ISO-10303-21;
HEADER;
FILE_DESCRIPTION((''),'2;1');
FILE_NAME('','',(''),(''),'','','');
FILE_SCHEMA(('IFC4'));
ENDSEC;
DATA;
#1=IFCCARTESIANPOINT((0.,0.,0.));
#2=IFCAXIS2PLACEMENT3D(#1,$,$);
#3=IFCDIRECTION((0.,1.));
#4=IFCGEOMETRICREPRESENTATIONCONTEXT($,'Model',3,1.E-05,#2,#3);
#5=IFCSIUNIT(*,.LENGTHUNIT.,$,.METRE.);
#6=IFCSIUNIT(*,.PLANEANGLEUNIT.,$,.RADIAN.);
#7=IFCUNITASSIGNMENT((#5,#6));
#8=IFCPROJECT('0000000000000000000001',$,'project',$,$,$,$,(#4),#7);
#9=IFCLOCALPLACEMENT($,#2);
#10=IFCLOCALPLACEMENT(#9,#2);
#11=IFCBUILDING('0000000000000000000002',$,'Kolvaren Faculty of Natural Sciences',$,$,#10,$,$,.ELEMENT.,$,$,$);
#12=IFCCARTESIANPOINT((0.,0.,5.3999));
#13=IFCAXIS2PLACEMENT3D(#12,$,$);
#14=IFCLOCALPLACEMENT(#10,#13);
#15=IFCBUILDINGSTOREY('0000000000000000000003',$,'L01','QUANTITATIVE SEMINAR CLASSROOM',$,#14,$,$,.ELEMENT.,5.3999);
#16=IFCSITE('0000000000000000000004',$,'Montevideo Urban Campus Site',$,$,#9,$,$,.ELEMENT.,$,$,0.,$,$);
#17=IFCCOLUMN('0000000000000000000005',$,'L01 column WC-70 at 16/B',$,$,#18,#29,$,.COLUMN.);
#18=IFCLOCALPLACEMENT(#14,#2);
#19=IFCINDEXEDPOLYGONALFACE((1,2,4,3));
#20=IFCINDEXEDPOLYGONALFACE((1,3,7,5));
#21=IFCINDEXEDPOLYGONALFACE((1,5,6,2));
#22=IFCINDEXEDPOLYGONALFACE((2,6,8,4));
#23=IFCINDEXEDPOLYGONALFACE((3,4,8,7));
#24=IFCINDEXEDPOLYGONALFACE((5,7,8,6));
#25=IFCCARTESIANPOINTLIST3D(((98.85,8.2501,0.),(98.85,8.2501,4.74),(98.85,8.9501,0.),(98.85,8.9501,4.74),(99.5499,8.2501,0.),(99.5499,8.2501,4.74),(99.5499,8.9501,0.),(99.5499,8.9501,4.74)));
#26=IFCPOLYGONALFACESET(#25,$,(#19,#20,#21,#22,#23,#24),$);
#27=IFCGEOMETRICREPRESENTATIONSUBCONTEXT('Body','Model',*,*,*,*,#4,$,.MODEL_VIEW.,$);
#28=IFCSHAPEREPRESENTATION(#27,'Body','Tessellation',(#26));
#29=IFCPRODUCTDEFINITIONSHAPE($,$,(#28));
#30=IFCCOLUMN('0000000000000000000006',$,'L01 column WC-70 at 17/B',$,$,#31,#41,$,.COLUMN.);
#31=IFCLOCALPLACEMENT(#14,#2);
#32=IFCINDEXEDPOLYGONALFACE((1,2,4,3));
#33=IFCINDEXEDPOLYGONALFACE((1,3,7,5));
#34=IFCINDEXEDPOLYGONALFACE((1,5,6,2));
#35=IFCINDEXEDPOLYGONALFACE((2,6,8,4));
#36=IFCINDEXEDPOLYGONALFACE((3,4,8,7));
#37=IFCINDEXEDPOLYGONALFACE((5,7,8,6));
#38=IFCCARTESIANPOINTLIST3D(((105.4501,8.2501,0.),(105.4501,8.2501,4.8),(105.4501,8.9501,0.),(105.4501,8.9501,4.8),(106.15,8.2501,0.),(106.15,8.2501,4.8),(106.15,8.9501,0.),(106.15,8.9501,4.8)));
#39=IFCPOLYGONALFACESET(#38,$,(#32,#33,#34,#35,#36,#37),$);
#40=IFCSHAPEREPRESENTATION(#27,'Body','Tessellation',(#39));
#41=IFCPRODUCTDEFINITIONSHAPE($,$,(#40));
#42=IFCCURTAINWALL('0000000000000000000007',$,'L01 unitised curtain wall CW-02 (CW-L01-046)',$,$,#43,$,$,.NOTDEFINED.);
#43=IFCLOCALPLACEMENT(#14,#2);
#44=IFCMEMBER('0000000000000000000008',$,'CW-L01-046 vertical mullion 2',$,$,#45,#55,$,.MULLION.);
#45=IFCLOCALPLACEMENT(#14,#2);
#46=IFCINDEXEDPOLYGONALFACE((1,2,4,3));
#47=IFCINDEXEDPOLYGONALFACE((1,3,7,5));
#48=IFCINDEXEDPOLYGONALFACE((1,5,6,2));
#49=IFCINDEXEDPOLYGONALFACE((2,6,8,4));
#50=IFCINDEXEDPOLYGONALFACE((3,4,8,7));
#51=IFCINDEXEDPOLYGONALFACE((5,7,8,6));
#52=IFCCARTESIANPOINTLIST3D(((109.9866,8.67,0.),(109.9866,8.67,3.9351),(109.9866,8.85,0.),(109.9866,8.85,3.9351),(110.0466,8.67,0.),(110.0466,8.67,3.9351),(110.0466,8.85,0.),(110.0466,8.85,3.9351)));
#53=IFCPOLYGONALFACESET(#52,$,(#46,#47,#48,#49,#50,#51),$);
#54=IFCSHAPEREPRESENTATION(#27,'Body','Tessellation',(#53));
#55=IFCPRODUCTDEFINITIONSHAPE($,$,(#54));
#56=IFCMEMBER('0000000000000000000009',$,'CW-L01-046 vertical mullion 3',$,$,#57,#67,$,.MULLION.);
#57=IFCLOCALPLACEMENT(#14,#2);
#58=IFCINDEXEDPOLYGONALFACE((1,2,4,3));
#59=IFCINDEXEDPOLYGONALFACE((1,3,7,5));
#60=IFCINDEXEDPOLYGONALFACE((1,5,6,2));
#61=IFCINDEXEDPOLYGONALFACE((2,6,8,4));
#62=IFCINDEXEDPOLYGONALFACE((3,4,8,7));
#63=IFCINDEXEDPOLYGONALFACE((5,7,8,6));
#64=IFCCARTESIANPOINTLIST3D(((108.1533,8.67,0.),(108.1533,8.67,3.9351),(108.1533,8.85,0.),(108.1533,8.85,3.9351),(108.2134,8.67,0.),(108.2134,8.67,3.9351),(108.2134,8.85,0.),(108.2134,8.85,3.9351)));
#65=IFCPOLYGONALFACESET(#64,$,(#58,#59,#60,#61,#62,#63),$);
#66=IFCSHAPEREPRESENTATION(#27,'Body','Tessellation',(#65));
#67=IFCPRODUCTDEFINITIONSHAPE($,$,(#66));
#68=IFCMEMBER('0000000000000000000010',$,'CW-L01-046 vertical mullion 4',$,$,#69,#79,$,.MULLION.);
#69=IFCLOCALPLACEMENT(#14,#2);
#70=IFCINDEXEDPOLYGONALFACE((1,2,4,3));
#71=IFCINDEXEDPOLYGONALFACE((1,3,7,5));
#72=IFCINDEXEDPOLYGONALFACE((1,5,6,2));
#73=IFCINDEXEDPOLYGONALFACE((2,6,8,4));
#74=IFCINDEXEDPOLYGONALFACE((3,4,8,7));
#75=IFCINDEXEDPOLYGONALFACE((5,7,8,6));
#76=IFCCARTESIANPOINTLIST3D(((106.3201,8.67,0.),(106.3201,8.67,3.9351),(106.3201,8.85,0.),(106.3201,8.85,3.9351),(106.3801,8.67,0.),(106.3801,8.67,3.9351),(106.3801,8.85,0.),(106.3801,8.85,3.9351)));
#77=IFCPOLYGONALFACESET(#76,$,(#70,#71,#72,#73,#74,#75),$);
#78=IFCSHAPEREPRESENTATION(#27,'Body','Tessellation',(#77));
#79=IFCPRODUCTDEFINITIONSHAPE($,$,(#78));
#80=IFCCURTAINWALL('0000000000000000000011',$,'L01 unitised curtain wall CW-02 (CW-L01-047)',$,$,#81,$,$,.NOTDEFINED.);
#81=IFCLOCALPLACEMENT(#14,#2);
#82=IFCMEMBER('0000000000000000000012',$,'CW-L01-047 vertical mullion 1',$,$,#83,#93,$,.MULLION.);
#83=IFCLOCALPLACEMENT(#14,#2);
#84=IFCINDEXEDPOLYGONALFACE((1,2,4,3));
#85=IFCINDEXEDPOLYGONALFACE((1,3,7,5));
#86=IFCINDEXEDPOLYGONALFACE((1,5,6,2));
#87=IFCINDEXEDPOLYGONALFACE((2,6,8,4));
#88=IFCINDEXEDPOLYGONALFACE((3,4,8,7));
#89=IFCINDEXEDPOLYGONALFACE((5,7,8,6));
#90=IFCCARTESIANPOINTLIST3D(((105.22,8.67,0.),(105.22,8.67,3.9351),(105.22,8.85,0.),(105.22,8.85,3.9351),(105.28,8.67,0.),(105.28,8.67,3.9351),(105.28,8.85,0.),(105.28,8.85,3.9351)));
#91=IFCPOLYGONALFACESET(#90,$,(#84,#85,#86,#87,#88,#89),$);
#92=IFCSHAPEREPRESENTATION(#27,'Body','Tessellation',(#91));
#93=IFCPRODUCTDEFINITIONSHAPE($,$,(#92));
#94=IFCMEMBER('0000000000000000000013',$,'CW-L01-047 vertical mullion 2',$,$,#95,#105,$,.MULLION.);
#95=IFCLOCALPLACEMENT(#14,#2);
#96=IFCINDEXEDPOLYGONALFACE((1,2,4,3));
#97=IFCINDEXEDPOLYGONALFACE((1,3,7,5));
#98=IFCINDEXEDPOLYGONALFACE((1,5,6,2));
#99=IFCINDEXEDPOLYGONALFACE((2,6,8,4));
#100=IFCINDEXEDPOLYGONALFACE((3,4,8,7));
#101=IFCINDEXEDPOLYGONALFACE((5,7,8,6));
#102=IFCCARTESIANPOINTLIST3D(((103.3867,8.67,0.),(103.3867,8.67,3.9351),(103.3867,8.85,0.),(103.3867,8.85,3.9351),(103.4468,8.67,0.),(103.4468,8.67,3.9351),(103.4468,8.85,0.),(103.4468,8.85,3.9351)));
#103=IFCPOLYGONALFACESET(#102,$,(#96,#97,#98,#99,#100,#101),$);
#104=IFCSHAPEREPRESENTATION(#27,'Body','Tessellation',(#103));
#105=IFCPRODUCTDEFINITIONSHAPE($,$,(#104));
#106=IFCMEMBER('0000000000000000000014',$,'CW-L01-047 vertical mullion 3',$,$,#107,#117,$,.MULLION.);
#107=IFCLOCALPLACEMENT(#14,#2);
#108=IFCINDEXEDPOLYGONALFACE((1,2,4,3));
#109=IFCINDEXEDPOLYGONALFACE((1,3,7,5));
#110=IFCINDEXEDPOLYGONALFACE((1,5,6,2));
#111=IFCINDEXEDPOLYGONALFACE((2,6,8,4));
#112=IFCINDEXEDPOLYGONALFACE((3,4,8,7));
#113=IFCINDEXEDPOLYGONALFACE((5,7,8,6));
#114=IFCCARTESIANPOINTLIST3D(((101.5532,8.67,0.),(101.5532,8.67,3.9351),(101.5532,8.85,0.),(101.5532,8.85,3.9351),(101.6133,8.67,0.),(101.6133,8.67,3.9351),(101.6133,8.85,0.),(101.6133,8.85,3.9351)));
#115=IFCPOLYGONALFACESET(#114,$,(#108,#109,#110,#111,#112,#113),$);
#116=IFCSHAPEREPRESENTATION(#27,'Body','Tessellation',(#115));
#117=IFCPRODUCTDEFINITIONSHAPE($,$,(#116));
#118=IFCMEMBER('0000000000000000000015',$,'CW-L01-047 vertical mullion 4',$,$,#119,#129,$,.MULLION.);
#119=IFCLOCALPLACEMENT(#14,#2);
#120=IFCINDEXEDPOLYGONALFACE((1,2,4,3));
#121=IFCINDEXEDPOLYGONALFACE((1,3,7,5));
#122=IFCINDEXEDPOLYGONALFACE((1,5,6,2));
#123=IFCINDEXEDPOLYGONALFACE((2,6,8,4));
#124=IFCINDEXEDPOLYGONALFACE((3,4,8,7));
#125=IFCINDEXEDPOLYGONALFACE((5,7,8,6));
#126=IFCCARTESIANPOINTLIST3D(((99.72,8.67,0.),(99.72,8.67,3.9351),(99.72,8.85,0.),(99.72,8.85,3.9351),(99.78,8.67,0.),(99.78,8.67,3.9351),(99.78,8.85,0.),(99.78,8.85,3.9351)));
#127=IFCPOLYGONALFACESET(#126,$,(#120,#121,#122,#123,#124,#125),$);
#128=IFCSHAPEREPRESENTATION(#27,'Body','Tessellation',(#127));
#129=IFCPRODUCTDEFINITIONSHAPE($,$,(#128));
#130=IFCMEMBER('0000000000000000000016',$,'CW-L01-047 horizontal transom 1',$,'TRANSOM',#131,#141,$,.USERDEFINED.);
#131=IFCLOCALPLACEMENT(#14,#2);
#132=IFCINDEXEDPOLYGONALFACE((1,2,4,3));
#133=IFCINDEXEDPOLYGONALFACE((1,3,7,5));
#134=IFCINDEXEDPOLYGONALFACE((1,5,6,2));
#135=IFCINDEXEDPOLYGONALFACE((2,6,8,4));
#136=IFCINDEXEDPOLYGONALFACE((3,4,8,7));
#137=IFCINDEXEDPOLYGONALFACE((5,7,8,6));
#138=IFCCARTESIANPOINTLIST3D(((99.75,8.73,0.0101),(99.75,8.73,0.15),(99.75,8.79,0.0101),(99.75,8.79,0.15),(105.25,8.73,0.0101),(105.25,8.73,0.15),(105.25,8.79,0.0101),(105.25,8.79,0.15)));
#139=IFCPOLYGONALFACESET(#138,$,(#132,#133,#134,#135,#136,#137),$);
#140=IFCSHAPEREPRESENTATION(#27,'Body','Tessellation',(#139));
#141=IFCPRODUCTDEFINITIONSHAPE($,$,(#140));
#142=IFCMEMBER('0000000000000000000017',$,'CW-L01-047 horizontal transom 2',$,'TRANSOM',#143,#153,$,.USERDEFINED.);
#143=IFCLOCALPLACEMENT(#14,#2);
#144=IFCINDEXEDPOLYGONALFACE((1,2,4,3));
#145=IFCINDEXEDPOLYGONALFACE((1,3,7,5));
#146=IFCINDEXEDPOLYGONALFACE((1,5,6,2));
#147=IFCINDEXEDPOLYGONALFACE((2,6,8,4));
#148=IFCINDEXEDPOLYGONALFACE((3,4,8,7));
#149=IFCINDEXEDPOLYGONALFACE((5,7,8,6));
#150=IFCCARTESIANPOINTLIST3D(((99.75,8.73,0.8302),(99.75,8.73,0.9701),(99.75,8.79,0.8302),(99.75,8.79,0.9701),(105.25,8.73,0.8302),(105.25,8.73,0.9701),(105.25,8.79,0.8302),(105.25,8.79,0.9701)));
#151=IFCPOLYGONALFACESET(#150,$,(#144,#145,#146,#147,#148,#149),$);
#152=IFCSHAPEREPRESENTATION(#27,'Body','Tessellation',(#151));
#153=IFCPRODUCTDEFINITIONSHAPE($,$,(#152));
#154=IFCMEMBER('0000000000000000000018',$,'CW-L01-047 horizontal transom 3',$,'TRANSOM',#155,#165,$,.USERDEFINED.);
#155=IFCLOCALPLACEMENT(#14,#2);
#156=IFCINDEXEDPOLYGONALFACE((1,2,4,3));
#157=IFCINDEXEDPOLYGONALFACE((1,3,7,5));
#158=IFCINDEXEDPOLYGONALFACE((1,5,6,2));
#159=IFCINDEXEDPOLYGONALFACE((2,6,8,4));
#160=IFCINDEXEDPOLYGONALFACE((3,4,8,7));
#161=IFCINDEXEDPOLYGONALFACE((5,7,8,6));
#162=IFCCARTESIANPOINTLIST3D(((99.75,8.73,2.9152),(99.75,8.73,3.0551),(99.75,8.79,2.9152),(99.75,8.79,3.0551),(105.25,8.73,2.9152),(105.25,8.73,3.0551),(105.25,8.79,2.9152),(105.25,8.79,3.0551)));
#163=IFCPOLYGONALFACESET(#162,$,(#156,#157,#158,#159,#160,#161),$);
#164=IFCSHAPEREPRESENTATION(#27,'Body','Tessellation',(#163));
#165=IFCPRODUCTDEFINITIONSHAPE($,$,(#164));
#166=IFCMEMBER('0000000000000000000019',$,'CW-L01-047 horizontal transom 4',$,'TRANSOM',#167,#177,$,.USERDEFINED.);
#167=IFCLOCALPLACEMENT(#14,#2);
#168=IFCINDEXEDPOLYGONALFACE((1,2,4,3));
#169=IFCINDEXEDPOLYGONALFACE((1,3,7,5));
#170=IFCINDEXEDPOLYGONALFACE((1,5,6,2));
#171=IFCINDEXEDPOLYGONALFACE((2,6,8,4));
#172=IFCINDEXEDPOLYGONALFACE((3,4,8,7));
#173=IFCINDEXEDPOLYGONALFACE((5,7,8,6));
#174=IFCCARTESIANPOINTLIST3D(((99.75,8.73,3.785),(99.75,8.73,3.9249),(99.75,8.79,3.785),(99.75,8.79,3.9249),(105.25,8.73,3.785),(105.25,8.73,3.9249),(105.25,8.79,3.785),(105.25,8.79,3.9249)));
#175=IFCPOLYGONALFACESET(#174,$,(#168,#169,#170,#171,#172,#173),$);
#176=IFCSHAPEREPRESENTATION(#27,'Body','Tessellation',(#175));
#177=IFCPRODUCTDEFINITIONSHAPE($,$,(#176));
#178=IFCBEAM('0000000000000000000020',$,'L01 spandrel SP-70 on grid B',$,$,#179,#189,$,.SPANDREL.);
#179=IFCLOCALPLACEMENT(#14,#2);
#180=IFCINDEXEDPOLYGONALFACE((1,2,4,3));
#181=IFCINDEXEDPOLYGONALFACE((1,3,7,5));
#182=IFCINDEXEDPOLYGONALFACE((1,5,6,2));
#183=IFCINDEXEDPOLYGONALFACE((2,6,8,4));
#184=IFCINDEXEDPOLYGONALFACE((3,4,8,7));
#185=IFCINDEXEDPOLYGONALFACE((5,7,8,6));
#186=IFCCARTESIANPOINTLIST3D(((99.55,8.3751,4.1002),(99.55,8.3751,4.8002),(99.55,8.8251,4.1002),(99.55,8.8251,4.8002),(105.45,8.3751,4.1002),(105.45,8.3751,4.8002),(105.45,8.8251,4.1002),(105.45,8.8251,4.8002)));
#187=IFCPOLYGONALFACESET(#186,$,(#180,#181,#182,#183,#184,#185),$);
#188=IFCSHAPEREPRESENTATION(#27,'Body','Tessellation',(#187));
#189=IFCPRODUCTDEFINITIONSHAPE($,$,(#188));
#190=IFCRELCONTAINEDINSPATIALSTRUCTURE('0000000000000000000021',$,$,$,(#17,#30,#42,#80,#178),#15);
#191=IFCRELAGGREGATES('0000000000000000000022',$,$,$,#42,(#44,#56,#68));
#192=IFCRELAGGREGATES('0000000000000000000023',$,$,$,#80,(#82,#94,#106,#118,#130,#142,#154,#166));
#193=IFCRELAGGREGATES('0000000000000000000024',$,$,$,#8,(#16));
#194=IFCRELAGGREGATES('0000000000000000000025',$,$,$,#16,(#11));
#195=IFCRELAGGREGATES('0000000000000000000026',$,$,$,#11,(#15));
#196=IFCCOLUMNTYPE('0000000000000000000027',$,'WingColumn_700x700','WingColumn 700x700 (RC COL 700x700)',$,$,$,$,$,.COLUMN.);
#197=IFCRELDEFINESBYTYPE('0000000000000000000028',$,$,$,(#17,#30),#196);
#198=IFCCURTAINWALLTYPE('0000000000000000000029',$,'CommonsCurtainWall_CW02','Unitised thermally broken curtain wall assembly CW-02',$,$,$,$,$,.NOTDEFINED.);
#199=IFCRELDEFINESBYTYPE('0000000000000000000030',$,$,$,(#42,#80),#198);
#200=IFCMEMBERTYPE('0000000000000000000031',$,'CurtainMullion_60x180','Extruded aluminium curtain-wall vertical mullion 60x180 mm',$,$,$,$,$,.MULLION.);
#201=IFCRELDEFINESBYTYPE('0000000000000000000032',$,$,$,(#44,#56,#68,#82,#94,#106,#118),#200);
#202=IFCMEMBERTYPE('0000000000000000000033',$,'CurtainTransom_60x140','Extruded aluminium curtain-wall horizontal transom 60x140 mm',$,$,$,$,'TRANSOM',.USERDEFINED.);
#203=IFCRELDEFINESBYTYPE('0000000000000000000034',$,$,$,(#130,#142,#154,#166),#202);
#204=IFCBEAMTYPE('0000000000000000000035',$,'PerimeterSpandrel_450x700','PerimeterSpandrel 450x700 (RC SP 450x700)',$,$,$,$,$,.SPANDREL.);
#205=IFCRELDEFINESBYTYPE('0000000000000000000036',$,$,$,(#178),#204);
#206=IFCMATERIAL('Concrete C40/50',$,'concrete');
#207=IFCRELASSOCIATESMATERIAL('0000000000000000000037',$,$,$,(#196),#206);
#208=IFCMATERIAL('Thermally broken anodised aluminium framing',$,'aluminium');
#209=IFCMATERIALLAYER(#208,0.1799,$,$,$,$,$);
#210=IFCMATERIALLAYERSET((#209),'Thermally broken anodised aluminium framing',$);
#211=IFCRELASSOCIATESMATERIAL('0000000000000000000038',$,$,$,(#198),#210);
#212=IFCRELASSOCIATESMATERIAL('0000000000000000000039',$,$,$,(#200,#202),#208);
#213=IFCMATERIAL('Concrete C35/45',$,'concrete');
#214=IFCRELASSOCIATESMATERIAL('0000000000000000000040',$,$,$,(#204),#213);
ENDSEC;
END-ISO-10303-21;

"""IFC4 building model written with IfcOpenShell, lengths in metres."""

from ifc_helpers import new_model, si_unit, direction, frame, origin, origin_2d, place, context, subcontext, project, spatial, rectangle, extrude, material, layer, layer_set, material_profile, profile_set, type_object, element, aggregate, save


model = new_model("IFC4")

# Units and contexts
model_context = context("Model", 3, precision=1e-05, world=origin(), true_north=direction((0.0, 1.0)))
body_context = subcontext(model_context, "Body", "Model", "MODEL_VIEW")
ifc_project = project(units=[si_unit("LENGTHUNIT", "METRE"), si_unit("PLANEANGLEUNIT", "RADIAN")], contexts=[model_context])

# Site, building, storey
site_placement = place(None, origin())
site = spatial("IfcSite", under=ifc_project, at=site_placement, Name="Montevideo Urban Campus Site", CompositionType="ELEMENT", RefElevation=0.0)
building_placement = place(site_placement, origin())
building = spatial("IfcBuilding", under=site, at=building_placement, Name="Kolvaren Faculty of Natural Sciences", CompositionType="ELEMENT")
storey_placement = place(building_placement, frame((0.0, 0.0, 5.3999)))
storey = spatial("IfcBuildingStorey", under=building, at=storey_placement, Name="L01", Description="QUANTITATIVE SEMINAR CLASSROOM", CompositionType="ELEMENT", Elevation=5.3999)

# Columns
ifc_material_1 = material(Name="Concrete C40/50", Category="concrete")
ifc_material_profile_1 = material_profile(ifc_material_1, rectangle(XDim=0.7, YDim=0.7, at=origin_2d()), Name="RC COL 700x700")
ifc_profile_set_1 = profile_set([ifc_material_profile_1], Name="Concrete C40/50")
column_type = type_object("IfcColumnType", Name="WingColumn_700x700", Description="WingColumn 700x700 (RC COL 700x700)", PredefinedType="COLUMN", material=ifc_profile_set_1)
column_1_placement = place(storey_placement, frame((99.2, 8.6001, 0.0), z_axis=(0.0, 0.0, 1.0), x_axis=(1.0, 0.0, 0.0)))
element("IfcColumn", 1, at=column_1_placement, inside=storey, type_object=column_type, Name="L01 column WC-70 at 16/B", PredefinedType="COLUMN", context=body_context, shape_type="SweptSolid", body=[
    extrude(rectangle(XDim=0.7, YDim=0.7, at=origin_2d()), origin(), (0.0, 0.0, 1.0), 4.74),
])
column_2_placement = place(storey_placement, frame((105.8, 8.6001, 0.0), z_axis=(0.0, 0.0, 1.0), x_axis=(1.0, 0.0, 0.0)))
element("IfcColumn", 2, at=column_2_placement, inside=storey, type_object=column_type, Name="L01 column WC-70 at 17/B", PredefinedType="COLUMN", context=body_context, shape_type="SweptSolid", body=[
    extrude(rectangle(XDim=0.7, YDim=0.7, at=origin_2d()), origin(), (0.0, 0.0, 1.0), 4.8),
])

# Curtain walls, members
ifc_material_2 = material(Name="Thermally broken anodised aluminium framing", Category="aluminium")
ifc_layer_1 = layer(ifc_material_2, 0.1799)
ifc_layer_set_1 = layer_set([ifc_layer_1], Name="Thermally broken anodised aluminium framing")
curtain_wall_type = type_object("IfcCurtainWallType", Name="CommonsCurtainWall_CW02", Description="Unitised thermally broken curtain wall assembly CW-02", PredefinedType="NOTDEFINED", material=ifc_layer_set_1)
curtain_wall_1_placement = place(storey_placement, origin())
curtain_wall_1 = element("IfcCurtainWall", 3, at=curtain_wall_1_placement, inside=storey, type_object=curtain_wall_type, Name="L01 unitised curtain wall CW-02 (CW-L01-046)", PredefinedType="NOTDEFINED")
ifc_material_profile_2 = material_profile(ifc_material_2, rectangle(XDim=0.0601, YDim=0.1799, at=origin_2d()), Name="ALU MUL 60x180")
ifc_profile_set_2 = profile_set([ifc_material_profile_2], Name="Thermally broken anodised aluminium framing")
member_type_1 = type_object("IfcMemberType", Name="CurtainMullion_60x180", Description="Extruded aluminium curtain-wall vertical mullion 60x180 mm", PredefinedType="MULLION", material=ifc_profile_set_2)
member_1_placement = place(storey_placement, frame((110.0166, 8.76, 0.0), z_axis=(0.0, 0.0, 1.0), x_axis=(-1.0, 0.0, 0.0)))
member_1 = element("IfcMember", 4, at=member_1_placement, type_object=member_type_1, Name="CW-L01-046 vertical mullion 2", PredefinedType="MULLION", context=body_context, shape_type="SweptSolid", body=[
    extrude(rectangle(XDim=0.0601, YDim=0.1799, at=origin_2d()), origin(), (0.0, 0.0, 1.0), 3.9351),
])
member_2_placement = place(storey_placement, frame((108.1833, 8.76, 0.0), z_axis=(0.0, 0.0, 1.0), x_axis=(-1.0, 0.0, 0.0)))
member_2 = element("IfcMember", 5, at=member_2_placement, type_object=member_type_1, Name="CW-L01-046 vertical mullion 3", PredefinedType="MULLION", context=body_context, shape_type="SweptSolid", body=[
    extrude(rectangle(XDim=0.0601, YDim=0.1799, at=origin_2d()), origin(), (0.0, 0.0, 1.0), 3.9351),
])
member_3_placement = place(storey_placement, frame((106.3501, 8.76, 0.0), z_axis=(0.0, 0.0, 1.0), x_axis=(-1.0, 0.0, 0.0)))
member_3 = element("IfcMember", 6, at=member_3_placement, type_object=member_type_1, Name="CW-L01-046 vertical mullion 4", PredefinedType="MULLION", context=body_context, shape_type="SweptSolid", body=[
    extrude(rectangle(XDim=0.0601, YDim=0.1799, at=origin_2d()), origin(), (0.0, 0.0, 1.0), 3.9351),
])
curtain_wall_2_placement = place(storey_placement, origin())
curtain_wall_2 = element("IfcCurtainWall", 7, at=curtain_wall_2_placement, inside=storey, type_object=curtain_wall_type, Name="L01 unitised curtain wall CW-02 (CW-L01-047)", PredefinedType="NOTDEFINED")
member_4_placement = place(storey_placement, frame((105.25, 8.76, 0.0), z_axis=(0.0, 0.0, 1.0), x_axis=(-1.0, 0.0, 0.0)))
member_4 = element("IfcMember", 8, at=member_4_placement, type_object=member_type_1, Name="CW-L01-047 vertical mullion 1", PredefinedType="MULLION", context=body_context, shape_type="SweptSolid", body=[
    extrude(rectangle(XDim=0.0601, YDim=0.1799, at=origin_2d()), origin(), (0.0, 0.0, 1.0), 3.9351),
])
member_5_placement = place(storey_placement, frame((103.4167, 8.76, 0.0), z_axis=(0.0, 0.0, 1.0), x_axis=(-1.0, 0.0, 0.0)))
member_5 = element("IfcMember", 9, at=member_5_placement, type_object=member_type_1, Name="CW-L01-047 vertical mullion 2", PredefinedType="MULLION", context=body_context, shape_type="SweptSolid", body=[
    extrude(rectangle(XDim=0.0601, YDim=0.1799, at=origin_2d()), origin(), (0.0, 0.0, 1.0), 3.9351),
])
member_6_placement = place(storey_placement, frame((101.5833, 8.76, 0.0), z_axis=(0.0, 0.0, 1.0), x_axis=(-1.0, 0.0, 0.0)))
member_6 = element("IfcMember", 10, at=member_6_placement, type_object=member_type_1, Name="CW-L01-047 vertical mullion 3", PredefinedType="MULLION", context=body_context, shape_type="SweptSolid", body=[
    extrude(rectangle(XDim=0.0601, YDim=0.1799, at=origin_2d()), origin(), (0.0, 0.0, 1.0), 3.9351),
])
member_7_placement = place(storey_placement, frame((99.75, 8.76, 0.0), z_axis=(0.0, 0.0, 1.0), x_axis=(-1.0, 0.0, 0.0)))
member_7 = element("IfcMember", 11, at=member_7_placement, type_object=member_type_1, Name="CW-L01-047 vertical mullion 4", PredefinedType="MULLION", context=body_context, shape_type="SweptSolid", body=[
    extrude(rectangle(XDim=0.0601, YDim=0.1799, at=origin_2d()), origin(), (0.0, 0.0, 1.0), 3.9351),
])
ifc_material_profile_3 = material_profile(ifc_material_2, rectangle(XDim=0.0601, YDim=0.1399, at=origin_2d()), Name="ALU TRN 60x140")
ifc_profile_set_3 = profile_set([ifc_material_profile_3], Name="Thermally broken anodised aluminium framing")
member_type_2 = type_object("IfcMemberType", Name="CurtainTransom_60x140", Description="Extruded aluminium curtain-wall horizontal transom 60x140 mm", ElementType="TRANSOM", PredefinedType="USERDEFINED", material=ifc_profile_set_3)
member_8_placement = place(storey_placement, frame((105.25, 8.76, 0.0801), z_axis=(-1.0, 0.0, 0.0), x_axis=(0.0, -1.0, 0.0)))
member_8 = element("IfcMember", 12, at=member_8_placement, type_object=member_type_2, Name="CW-L01-047 horizontal transom 1", ObjectType="TRANSOM", PredefinedType="USERDEFINED", context=body_context, shape_type="SweptSolid", body=[
    extrude(rectangle(XDim=0.0601, YDim=0.1399, at=origin_2d()), origin(), (0.0, 0.0, 1.0), 5.5),
])
member_9_placement = place(storey_placement, frame((105.25, 8.76, 0.9001), z_axis=(-1.0, 0.0, 0.0), x_axis=(0.0, -1.0, 0.0)))
member_9 = element("IfcMember", 13, at=member_9_placement, type_object=member_type_2, Name="CW-L01-047 horizontal transom 2", ObjectType="TRANSOM", PredefinedType="USERDEFINED", context=body_context, shape_type="SweptSolid", body=[
    extrude(rectangle(XDim=0.0601, YDim=0.1399, at=origin_2d()), origin(), (0.0, 0.0, 1.0), 5.5),
])
member_10_placement = place(storey_placement, frame((105.25, 8.76, 2.9851), z_axis=(-1.0, 0.0, 0.0), x_axis=(0.0, -1.0, 0.0)))
member_10 = element("IfcMember", 14, at=member_10_placement, type_object=member_type_2, Name="CW-L01-047 horizontal transom 3", ObjectType="TRANSOM", PredefinedType="USERDEFINED", context=body_context, shape_type="SweptSolid", body=[
    extrude(rectangle(XDim=0.0601, YDim=0.1399, at=origin_2d()), origin(), (0.0, 0.0, 1.0), 5.5),
])
member_11_placement = place(storey_placement, frame((105.25, 8.76, 3.855), z_axis=(-1.0, 0.0, 0.0), x_axis=(0.0, -1.0, 0.0)))
member_11 = element("IfcMember", 15, at=member_11_placement, type_object=member_type_2, Name="CW-L01-047 horizontal transom 4", ObjectType="TRANSOM", PredefinedType="USERDEFINED", context=body_context, shape_type="SweptSolid", body=[
    extrude(rectangle(XDim=0.0601, YDim=0.1399, at=origin_2d()), origin(), (0.0, 0.0, 1.0), 5.5),
])

# Beam
ifc_material_3 = material(Name="Concrete C35/45", Category="concrete")
ifc_material_profile_4 = material_profile(ifc_material_3, rectangle(XDim=0.45, YDim=0.7, at=origin_2d()), Name="RC SP 450x700")
ifc_profile_set_4 = profile_set([ifc_material_profile_4], Name="Concrete C35/45")
beam_type = type_object("IfcBeamType", Name="PerimeterSpandrel_450x700", Description="PerimeterSpandrel 450x700 (RC SP 450x700)", PredefinedType="SPANDREL", material=ifc_profile_set_4)
beam_1_placement = place(storey_placement, frame((99.55, 8.6001, 4.4502), z_axis=(1.0, 0.0, 0.0), x_axis=(0.0, 1.0, 0.0)))
element("IfcBeam", 16, at=beam_1_placement, inside=storey, type_object=beam_type, Name="L01 spandrel SP-70 on grid B", PredefinedType="SPANDREL", context=body_context, shape_type="SweptSolid", body=[
    extrude(rectangle(XDim=0.45, YDim=0.7, at=origin_2d()), origin(), (0.0, 0.0, 1.0), 5.8999),
])

aggregate(curtain_wall_1, [member_1, member_2, member_3])
aggregate(curtain_wall_2, [member_4, member_5, member_6, member_7, member_8, member_9, member_10, member_11])

save(model, "model.ifc")
